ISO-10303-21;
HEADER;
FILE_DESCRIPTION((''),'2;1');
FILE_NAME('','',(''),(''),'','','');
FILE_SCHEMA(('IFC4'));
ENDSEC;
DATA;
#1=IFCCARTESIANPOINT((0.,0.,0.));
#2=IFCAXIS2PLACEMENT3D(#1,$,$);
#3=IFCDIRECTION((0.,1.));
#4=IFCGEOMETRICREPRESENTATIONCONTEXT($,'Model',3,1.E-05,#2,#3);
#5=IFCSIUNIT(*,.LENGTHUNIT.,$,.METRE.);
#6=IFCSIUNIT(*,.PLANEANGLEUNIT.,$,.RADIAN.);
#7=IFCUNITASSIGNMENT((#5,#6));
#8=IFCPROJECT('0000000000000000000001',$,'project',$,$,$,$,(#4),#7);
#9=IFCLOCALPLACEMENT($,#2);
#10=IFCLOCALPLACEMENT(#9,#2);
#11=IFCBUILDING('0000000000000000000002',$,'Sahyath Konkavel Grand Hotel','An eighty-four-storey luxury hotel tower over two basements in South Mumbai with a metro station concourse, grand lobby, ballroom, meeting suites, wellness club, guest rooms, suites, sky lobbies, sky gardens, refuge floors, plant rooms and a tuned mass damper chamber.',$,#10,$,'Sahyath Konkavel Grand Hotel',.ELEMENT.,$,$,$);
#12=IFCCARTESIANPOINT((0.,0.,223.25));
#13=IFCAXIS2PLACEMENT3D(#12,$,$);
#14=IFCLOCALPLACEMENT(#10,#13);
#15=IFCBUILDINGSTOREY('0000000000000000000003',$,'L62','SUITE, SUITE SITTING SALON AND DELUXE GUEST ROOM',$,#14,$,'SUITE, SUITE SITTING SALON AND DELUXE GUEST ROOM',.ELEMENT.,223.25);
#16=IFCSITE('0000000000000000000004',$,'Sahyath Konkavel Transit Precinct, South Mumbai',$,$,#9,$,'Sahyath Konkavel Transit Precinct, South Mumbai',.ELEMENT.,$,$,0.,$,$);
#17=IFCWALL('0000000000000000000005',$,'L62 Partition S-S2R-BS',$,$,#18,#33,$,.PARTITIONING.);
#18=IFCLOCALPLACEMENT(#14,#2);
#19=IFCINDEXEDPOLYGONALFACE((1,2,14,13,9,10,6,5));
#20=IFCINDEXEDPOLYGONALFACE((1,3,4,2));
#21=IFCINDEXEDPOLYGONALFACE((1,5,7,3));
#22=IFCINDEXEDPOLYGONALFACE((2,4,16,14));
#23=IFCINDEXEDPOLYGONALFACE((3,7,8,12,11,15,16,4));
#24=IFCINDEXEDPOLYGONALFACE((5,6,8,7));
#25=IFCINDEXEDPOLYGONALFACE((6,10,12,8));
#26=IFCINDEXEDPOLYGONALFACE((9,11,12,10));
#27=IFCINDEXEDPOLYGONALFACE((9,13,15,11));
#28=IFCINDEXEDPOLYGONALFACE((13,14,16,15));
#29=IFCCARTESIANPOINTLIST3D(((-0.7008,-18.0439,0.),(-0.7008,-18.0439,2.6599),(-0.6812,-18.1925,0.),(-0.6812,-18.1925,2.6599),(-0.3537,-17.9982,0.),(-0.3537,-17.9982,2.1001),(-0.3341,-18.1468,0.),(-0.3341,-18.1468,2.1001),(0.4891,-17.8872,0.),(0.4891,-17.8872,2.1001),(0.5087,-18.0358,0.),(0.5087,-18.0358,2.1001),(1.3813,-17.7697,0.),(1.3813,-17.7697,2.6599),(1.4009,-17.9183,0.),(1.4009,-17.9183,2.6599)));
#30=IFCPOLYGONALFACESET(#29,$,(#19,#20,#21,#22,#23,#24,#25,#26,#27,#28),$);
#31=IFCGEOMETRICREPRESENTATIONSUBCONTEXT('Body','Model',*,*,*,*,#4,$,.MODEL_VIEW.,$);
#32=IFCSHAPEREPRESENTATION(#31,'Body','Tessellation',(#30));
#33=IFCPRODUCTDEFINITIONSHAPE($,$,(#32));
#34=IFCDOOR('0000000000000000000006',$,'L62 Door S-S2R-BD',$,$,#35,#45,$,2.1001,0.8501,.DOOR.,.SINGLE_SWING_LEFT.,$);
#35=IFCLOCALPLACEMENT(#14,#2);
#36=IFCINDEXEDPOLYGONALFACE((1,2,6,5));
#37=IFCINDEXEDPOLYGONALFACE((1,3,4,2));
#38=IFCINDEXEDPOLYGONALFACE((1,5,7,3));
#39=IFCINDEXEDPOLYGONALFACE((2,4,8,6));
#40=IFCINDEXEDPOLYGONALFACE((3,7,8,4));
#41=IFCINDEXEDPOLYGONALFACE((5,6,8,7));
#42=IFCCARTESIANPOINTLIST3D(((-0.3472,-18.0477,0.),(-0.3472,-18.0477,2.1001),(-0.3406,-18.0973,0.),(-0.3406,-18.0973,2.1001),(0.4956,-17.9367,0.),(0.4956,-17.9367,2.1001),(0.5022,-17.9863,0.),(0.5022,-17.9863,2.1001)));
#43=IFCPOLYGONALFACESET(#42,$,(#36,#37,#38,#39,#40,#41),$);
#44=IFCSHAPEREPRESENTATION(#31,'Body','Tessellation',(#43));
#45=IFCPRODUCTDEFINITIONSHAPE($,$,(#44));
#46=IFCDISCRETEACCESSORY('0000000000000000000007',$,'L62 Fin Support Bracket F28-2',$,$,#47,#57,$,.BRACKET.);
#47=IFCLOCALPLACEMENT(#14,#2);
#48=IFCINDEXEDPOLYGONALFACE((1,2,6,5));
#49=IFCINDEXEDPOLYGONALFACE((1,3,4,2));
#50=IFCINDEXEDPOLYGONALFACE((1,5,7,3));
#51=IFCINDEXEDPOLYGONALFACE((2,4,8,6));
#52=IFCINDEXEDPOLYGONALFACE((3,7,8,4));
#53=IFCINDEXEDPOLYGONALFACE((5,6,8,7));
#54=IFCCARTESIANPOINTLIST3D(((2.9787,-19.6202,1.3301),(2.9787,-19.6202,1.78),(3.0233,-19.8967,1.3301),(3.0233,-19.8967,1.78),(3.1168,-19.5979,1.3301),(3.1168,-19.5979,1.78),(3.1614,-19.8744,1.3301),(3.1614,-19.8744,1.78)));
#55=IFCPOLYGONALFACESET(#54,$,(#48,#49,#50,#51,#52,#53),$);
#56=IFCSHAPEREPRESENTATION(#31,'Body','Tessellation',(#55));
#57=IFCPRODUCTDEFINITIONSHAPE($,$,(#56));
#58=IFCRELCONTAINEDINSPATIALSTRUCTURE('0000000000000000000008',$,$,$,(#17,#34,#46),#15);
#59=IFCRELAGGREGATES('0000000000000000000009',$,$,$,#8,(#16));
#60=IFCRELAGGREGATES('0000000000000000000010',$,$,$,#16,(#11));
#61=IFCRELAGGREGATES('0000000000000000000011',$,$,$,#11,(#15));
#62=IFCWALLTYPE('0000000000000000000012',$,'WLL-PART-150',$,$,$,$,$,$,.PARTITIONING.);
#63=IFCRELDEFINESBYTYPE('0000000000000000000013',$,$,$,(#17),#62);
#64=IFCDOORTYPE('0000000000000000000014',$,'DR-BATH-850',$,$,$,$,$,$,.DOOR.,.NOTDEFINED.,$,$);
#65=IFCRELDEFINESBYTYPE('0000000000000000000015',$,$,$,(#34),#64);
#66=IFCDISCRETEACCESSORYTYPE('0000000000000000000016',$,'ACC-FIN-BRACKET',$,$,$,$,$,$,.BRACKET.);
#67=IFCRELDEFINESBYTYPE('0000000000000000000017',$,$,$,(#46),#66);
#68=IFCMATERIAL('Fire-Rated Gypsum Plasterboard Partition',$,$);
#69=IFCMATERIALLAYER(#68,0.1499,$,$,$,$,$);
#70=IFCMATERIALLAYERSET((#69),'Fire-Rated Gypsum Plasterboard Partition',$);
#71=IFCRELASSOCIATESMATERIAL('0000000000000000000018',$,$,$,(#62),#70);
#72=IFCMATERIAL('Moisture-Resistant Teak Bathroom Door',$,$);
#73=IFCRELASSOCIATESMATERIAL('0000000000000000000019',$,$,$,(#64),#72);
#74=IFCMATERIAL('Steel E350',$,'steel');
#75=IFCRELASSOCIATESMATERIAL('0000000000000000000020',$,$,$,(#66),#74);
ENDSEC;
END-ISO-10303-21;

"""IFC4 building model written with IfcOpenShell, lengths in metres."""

from ifc_helpers import new_model, si_unit, direction, frame, frame_2d, origin, origin_2d, place, context, subcontext, project, spatial, rectangle, extrude, source, transform, mapped, material, layer, layer_set, type_object, element, fill, save


model = new_model("IFC4")

# Units and contexts
model_context = context("Model", 3, precision=1e-05, world=origin(), true_north=direction((0.0, 1.0)))
body_context = subcontext(model_context, "Body", "Model", "MODEL_VIEW")
ifc_project = project(units=[si_unit("LENGTHUNIT", "METRE"), si_unit("PLANEANGLEUNIT", "RADIAN")], contexts=[model_context])

# Site, building, storey
site_placement = place(None, origin())
site = spatial("IfcSite", under=ifc_project, at=site_placement, Name="Sahyath Konkavel Transit Precinct, South Mumbai", LongName="Sahyath Konkavel Transit Precinct, South Mumbai", CompositionType="ELEMENT", RefElevation=0.0)
building_placement = place(site_placement, origin())
building = spatial("IfcBuilding", under=site, at=building_placement, Name="Sahyath Konkavel Grand Hotel", Description="An eighty-four-storey luxury hotel tower over two basements in South Mumbai with a metro station concourse, grand lobby, ballroom, meeting suites, wellness club, guest rooms, suites, sky lobbies, sky gardens, refuge floors, plant rooms and a tuned mass damper chamber.", LongName="Sahyath Konkavel Grand Hotel", CompositionType="ELEMENT")
storey_placement = place(building_placement, frame((0.0, 0.0, 223.25)))
storey = spatial("IfcBuildingStorey", under=building, at=storey_placement, Name="L62", Description="SUITE, SUITE SITTING SALON AND DELUXE GUEST ROOM", LongName="SUITE, SUITE SITTING SALON AND DELUXE GUEST ROOM", CompositionType="ELEMENT", Elevation=223.25)

# Shared definitions
ifc_material_1 = material(Name="Steel E350", Category="steel")

# Shared definitions
ifc_material_2 = material(Name="Fire-Rated Gypsum Plasterboard Partition")
ifc_layer_1 = layer(ifc_material_2, 0.1499)
ifc_layer_set_1 = layer_set([ifc_layer_1], Name="Fire-Rated Gypsum Plasterboard Partition")
wall_type_1 = type_object("IfcWallType", Name="WLL-PART-150", PredefinedType="PARTITIONING", material=ifc_layer_set_1)
shared_shape_1 = source(origin(), body_context, "Body", "SweptSolid", [
    extrude(rectangle(XDim=0.8501, YDim=0.05, at=origin_2d()), origin(), (0.0, 0.0, 1.0), 2.1001),
])

# Wall, opening, door
ifc_material_3 = material(Name="Moisture-Resistant Teak Bathroom Door")
door_type_1 = type_object("IfcDoorType", Name="DR-BATH-850", OperationType="NOTDEFINED", PredefinedType="DOOR", material=ifc_material_3)
wall_1_placement = place(storey_placement, frame((1.3911, -17.844, 0.0), z_axis=(0.0, 0.0, 1.0), x_axis=(-0.991441, -0.130557, 0.0)))
wall_1 = element("IfcWall", 1, at=wall_1_placement, inside=storey, type_object=wall_type_1, Name="L62 Partition S-S2R-BS", PredefinedType="PARTITIONING", context=body_context, shape_type="SweptSolid", body=[
    extrude(rectangle(XDim=2.1001, YDim=0.1499, at=frame_2d((1.05, 0.0))), origin(), (0.0, 0.0, 1.0), 2.6599),
])
opening_1_placement = place(wall_1_placement, frame((0.8999, 0.0, 0.0)))
opening_1 = element("IfcOpeningElement", 2, at=opening_1_placement, cuts=wall_1, PredefinedType="OPENING", context=body_context, shape_type="SweptSolid", body=[
    extrude(rectangle(XDim=0.8501, YDim=2.1001, at=frame_2d((0.425, 1.05))), frame((0.0, 0.085, 0.0), z_axis=(0.0, -1.0, 0.0), x_axis=(1.0, 0.0, 0.0)), (0.0, 0.0, 1.0), 0.1699),
])
door_1_placement = place(opening_1_placement, frame((0.425, 0.0, 0.0)))
door_1 = element("IfcDoor", 3, at=door_1_placement, inside=storey, type_object=door_type_1, Name="L62 Door S-S2R-BD", OperationType="SINGLE_SWING_LEFT", OverallHeight=2.1001, OverallWidth=0.8501, PredefinedType="DOOR", context=body_context, shape_type="MappedRepresentation", body=[
    mapped(shared_shape_1, transform((0.0, 0.0, 0.0), scale=1.0)),
])
fill(opening_1, door_1)

# Discrete accessory
discrete_accessory_type = type_object("IfcDiscreteAccessoryType", Name="ACC-FIN-BRACKET", PredefinedType="BRACKET", material=ifc_material_1)
shared_shape_2 = source(origin(), body_context, "Body", "SweptSolid", [
    extrude(rectangle(XDim=0.28, YDim=0.1399, at=origin_2d()), origin(), (0.0, 0.0, 1.0), 0.45),
])
discrete_accessory_placement = place(storey_placement, frame((3.0701, -19.7473, 1.3301), z_axis=(0.0, 0.0, 1.0), x_axis=(0.159347, -0.987223, 0.0)))
element("IfcDiscreteAccessory", 4, at=discrete_accessory_placement, inside=storey, type_object=discrete_accessory_type, Name="L62 Fin Support Bracket F28-2", PredefinedType="BRACKET", context=body_context, shape_type="MappedRepresentation", body=[
    mapped(shared_shape_2, transform((0.0, 0.0, 0.0), scale=1.0)),
])

save(model, "model.ifc")
